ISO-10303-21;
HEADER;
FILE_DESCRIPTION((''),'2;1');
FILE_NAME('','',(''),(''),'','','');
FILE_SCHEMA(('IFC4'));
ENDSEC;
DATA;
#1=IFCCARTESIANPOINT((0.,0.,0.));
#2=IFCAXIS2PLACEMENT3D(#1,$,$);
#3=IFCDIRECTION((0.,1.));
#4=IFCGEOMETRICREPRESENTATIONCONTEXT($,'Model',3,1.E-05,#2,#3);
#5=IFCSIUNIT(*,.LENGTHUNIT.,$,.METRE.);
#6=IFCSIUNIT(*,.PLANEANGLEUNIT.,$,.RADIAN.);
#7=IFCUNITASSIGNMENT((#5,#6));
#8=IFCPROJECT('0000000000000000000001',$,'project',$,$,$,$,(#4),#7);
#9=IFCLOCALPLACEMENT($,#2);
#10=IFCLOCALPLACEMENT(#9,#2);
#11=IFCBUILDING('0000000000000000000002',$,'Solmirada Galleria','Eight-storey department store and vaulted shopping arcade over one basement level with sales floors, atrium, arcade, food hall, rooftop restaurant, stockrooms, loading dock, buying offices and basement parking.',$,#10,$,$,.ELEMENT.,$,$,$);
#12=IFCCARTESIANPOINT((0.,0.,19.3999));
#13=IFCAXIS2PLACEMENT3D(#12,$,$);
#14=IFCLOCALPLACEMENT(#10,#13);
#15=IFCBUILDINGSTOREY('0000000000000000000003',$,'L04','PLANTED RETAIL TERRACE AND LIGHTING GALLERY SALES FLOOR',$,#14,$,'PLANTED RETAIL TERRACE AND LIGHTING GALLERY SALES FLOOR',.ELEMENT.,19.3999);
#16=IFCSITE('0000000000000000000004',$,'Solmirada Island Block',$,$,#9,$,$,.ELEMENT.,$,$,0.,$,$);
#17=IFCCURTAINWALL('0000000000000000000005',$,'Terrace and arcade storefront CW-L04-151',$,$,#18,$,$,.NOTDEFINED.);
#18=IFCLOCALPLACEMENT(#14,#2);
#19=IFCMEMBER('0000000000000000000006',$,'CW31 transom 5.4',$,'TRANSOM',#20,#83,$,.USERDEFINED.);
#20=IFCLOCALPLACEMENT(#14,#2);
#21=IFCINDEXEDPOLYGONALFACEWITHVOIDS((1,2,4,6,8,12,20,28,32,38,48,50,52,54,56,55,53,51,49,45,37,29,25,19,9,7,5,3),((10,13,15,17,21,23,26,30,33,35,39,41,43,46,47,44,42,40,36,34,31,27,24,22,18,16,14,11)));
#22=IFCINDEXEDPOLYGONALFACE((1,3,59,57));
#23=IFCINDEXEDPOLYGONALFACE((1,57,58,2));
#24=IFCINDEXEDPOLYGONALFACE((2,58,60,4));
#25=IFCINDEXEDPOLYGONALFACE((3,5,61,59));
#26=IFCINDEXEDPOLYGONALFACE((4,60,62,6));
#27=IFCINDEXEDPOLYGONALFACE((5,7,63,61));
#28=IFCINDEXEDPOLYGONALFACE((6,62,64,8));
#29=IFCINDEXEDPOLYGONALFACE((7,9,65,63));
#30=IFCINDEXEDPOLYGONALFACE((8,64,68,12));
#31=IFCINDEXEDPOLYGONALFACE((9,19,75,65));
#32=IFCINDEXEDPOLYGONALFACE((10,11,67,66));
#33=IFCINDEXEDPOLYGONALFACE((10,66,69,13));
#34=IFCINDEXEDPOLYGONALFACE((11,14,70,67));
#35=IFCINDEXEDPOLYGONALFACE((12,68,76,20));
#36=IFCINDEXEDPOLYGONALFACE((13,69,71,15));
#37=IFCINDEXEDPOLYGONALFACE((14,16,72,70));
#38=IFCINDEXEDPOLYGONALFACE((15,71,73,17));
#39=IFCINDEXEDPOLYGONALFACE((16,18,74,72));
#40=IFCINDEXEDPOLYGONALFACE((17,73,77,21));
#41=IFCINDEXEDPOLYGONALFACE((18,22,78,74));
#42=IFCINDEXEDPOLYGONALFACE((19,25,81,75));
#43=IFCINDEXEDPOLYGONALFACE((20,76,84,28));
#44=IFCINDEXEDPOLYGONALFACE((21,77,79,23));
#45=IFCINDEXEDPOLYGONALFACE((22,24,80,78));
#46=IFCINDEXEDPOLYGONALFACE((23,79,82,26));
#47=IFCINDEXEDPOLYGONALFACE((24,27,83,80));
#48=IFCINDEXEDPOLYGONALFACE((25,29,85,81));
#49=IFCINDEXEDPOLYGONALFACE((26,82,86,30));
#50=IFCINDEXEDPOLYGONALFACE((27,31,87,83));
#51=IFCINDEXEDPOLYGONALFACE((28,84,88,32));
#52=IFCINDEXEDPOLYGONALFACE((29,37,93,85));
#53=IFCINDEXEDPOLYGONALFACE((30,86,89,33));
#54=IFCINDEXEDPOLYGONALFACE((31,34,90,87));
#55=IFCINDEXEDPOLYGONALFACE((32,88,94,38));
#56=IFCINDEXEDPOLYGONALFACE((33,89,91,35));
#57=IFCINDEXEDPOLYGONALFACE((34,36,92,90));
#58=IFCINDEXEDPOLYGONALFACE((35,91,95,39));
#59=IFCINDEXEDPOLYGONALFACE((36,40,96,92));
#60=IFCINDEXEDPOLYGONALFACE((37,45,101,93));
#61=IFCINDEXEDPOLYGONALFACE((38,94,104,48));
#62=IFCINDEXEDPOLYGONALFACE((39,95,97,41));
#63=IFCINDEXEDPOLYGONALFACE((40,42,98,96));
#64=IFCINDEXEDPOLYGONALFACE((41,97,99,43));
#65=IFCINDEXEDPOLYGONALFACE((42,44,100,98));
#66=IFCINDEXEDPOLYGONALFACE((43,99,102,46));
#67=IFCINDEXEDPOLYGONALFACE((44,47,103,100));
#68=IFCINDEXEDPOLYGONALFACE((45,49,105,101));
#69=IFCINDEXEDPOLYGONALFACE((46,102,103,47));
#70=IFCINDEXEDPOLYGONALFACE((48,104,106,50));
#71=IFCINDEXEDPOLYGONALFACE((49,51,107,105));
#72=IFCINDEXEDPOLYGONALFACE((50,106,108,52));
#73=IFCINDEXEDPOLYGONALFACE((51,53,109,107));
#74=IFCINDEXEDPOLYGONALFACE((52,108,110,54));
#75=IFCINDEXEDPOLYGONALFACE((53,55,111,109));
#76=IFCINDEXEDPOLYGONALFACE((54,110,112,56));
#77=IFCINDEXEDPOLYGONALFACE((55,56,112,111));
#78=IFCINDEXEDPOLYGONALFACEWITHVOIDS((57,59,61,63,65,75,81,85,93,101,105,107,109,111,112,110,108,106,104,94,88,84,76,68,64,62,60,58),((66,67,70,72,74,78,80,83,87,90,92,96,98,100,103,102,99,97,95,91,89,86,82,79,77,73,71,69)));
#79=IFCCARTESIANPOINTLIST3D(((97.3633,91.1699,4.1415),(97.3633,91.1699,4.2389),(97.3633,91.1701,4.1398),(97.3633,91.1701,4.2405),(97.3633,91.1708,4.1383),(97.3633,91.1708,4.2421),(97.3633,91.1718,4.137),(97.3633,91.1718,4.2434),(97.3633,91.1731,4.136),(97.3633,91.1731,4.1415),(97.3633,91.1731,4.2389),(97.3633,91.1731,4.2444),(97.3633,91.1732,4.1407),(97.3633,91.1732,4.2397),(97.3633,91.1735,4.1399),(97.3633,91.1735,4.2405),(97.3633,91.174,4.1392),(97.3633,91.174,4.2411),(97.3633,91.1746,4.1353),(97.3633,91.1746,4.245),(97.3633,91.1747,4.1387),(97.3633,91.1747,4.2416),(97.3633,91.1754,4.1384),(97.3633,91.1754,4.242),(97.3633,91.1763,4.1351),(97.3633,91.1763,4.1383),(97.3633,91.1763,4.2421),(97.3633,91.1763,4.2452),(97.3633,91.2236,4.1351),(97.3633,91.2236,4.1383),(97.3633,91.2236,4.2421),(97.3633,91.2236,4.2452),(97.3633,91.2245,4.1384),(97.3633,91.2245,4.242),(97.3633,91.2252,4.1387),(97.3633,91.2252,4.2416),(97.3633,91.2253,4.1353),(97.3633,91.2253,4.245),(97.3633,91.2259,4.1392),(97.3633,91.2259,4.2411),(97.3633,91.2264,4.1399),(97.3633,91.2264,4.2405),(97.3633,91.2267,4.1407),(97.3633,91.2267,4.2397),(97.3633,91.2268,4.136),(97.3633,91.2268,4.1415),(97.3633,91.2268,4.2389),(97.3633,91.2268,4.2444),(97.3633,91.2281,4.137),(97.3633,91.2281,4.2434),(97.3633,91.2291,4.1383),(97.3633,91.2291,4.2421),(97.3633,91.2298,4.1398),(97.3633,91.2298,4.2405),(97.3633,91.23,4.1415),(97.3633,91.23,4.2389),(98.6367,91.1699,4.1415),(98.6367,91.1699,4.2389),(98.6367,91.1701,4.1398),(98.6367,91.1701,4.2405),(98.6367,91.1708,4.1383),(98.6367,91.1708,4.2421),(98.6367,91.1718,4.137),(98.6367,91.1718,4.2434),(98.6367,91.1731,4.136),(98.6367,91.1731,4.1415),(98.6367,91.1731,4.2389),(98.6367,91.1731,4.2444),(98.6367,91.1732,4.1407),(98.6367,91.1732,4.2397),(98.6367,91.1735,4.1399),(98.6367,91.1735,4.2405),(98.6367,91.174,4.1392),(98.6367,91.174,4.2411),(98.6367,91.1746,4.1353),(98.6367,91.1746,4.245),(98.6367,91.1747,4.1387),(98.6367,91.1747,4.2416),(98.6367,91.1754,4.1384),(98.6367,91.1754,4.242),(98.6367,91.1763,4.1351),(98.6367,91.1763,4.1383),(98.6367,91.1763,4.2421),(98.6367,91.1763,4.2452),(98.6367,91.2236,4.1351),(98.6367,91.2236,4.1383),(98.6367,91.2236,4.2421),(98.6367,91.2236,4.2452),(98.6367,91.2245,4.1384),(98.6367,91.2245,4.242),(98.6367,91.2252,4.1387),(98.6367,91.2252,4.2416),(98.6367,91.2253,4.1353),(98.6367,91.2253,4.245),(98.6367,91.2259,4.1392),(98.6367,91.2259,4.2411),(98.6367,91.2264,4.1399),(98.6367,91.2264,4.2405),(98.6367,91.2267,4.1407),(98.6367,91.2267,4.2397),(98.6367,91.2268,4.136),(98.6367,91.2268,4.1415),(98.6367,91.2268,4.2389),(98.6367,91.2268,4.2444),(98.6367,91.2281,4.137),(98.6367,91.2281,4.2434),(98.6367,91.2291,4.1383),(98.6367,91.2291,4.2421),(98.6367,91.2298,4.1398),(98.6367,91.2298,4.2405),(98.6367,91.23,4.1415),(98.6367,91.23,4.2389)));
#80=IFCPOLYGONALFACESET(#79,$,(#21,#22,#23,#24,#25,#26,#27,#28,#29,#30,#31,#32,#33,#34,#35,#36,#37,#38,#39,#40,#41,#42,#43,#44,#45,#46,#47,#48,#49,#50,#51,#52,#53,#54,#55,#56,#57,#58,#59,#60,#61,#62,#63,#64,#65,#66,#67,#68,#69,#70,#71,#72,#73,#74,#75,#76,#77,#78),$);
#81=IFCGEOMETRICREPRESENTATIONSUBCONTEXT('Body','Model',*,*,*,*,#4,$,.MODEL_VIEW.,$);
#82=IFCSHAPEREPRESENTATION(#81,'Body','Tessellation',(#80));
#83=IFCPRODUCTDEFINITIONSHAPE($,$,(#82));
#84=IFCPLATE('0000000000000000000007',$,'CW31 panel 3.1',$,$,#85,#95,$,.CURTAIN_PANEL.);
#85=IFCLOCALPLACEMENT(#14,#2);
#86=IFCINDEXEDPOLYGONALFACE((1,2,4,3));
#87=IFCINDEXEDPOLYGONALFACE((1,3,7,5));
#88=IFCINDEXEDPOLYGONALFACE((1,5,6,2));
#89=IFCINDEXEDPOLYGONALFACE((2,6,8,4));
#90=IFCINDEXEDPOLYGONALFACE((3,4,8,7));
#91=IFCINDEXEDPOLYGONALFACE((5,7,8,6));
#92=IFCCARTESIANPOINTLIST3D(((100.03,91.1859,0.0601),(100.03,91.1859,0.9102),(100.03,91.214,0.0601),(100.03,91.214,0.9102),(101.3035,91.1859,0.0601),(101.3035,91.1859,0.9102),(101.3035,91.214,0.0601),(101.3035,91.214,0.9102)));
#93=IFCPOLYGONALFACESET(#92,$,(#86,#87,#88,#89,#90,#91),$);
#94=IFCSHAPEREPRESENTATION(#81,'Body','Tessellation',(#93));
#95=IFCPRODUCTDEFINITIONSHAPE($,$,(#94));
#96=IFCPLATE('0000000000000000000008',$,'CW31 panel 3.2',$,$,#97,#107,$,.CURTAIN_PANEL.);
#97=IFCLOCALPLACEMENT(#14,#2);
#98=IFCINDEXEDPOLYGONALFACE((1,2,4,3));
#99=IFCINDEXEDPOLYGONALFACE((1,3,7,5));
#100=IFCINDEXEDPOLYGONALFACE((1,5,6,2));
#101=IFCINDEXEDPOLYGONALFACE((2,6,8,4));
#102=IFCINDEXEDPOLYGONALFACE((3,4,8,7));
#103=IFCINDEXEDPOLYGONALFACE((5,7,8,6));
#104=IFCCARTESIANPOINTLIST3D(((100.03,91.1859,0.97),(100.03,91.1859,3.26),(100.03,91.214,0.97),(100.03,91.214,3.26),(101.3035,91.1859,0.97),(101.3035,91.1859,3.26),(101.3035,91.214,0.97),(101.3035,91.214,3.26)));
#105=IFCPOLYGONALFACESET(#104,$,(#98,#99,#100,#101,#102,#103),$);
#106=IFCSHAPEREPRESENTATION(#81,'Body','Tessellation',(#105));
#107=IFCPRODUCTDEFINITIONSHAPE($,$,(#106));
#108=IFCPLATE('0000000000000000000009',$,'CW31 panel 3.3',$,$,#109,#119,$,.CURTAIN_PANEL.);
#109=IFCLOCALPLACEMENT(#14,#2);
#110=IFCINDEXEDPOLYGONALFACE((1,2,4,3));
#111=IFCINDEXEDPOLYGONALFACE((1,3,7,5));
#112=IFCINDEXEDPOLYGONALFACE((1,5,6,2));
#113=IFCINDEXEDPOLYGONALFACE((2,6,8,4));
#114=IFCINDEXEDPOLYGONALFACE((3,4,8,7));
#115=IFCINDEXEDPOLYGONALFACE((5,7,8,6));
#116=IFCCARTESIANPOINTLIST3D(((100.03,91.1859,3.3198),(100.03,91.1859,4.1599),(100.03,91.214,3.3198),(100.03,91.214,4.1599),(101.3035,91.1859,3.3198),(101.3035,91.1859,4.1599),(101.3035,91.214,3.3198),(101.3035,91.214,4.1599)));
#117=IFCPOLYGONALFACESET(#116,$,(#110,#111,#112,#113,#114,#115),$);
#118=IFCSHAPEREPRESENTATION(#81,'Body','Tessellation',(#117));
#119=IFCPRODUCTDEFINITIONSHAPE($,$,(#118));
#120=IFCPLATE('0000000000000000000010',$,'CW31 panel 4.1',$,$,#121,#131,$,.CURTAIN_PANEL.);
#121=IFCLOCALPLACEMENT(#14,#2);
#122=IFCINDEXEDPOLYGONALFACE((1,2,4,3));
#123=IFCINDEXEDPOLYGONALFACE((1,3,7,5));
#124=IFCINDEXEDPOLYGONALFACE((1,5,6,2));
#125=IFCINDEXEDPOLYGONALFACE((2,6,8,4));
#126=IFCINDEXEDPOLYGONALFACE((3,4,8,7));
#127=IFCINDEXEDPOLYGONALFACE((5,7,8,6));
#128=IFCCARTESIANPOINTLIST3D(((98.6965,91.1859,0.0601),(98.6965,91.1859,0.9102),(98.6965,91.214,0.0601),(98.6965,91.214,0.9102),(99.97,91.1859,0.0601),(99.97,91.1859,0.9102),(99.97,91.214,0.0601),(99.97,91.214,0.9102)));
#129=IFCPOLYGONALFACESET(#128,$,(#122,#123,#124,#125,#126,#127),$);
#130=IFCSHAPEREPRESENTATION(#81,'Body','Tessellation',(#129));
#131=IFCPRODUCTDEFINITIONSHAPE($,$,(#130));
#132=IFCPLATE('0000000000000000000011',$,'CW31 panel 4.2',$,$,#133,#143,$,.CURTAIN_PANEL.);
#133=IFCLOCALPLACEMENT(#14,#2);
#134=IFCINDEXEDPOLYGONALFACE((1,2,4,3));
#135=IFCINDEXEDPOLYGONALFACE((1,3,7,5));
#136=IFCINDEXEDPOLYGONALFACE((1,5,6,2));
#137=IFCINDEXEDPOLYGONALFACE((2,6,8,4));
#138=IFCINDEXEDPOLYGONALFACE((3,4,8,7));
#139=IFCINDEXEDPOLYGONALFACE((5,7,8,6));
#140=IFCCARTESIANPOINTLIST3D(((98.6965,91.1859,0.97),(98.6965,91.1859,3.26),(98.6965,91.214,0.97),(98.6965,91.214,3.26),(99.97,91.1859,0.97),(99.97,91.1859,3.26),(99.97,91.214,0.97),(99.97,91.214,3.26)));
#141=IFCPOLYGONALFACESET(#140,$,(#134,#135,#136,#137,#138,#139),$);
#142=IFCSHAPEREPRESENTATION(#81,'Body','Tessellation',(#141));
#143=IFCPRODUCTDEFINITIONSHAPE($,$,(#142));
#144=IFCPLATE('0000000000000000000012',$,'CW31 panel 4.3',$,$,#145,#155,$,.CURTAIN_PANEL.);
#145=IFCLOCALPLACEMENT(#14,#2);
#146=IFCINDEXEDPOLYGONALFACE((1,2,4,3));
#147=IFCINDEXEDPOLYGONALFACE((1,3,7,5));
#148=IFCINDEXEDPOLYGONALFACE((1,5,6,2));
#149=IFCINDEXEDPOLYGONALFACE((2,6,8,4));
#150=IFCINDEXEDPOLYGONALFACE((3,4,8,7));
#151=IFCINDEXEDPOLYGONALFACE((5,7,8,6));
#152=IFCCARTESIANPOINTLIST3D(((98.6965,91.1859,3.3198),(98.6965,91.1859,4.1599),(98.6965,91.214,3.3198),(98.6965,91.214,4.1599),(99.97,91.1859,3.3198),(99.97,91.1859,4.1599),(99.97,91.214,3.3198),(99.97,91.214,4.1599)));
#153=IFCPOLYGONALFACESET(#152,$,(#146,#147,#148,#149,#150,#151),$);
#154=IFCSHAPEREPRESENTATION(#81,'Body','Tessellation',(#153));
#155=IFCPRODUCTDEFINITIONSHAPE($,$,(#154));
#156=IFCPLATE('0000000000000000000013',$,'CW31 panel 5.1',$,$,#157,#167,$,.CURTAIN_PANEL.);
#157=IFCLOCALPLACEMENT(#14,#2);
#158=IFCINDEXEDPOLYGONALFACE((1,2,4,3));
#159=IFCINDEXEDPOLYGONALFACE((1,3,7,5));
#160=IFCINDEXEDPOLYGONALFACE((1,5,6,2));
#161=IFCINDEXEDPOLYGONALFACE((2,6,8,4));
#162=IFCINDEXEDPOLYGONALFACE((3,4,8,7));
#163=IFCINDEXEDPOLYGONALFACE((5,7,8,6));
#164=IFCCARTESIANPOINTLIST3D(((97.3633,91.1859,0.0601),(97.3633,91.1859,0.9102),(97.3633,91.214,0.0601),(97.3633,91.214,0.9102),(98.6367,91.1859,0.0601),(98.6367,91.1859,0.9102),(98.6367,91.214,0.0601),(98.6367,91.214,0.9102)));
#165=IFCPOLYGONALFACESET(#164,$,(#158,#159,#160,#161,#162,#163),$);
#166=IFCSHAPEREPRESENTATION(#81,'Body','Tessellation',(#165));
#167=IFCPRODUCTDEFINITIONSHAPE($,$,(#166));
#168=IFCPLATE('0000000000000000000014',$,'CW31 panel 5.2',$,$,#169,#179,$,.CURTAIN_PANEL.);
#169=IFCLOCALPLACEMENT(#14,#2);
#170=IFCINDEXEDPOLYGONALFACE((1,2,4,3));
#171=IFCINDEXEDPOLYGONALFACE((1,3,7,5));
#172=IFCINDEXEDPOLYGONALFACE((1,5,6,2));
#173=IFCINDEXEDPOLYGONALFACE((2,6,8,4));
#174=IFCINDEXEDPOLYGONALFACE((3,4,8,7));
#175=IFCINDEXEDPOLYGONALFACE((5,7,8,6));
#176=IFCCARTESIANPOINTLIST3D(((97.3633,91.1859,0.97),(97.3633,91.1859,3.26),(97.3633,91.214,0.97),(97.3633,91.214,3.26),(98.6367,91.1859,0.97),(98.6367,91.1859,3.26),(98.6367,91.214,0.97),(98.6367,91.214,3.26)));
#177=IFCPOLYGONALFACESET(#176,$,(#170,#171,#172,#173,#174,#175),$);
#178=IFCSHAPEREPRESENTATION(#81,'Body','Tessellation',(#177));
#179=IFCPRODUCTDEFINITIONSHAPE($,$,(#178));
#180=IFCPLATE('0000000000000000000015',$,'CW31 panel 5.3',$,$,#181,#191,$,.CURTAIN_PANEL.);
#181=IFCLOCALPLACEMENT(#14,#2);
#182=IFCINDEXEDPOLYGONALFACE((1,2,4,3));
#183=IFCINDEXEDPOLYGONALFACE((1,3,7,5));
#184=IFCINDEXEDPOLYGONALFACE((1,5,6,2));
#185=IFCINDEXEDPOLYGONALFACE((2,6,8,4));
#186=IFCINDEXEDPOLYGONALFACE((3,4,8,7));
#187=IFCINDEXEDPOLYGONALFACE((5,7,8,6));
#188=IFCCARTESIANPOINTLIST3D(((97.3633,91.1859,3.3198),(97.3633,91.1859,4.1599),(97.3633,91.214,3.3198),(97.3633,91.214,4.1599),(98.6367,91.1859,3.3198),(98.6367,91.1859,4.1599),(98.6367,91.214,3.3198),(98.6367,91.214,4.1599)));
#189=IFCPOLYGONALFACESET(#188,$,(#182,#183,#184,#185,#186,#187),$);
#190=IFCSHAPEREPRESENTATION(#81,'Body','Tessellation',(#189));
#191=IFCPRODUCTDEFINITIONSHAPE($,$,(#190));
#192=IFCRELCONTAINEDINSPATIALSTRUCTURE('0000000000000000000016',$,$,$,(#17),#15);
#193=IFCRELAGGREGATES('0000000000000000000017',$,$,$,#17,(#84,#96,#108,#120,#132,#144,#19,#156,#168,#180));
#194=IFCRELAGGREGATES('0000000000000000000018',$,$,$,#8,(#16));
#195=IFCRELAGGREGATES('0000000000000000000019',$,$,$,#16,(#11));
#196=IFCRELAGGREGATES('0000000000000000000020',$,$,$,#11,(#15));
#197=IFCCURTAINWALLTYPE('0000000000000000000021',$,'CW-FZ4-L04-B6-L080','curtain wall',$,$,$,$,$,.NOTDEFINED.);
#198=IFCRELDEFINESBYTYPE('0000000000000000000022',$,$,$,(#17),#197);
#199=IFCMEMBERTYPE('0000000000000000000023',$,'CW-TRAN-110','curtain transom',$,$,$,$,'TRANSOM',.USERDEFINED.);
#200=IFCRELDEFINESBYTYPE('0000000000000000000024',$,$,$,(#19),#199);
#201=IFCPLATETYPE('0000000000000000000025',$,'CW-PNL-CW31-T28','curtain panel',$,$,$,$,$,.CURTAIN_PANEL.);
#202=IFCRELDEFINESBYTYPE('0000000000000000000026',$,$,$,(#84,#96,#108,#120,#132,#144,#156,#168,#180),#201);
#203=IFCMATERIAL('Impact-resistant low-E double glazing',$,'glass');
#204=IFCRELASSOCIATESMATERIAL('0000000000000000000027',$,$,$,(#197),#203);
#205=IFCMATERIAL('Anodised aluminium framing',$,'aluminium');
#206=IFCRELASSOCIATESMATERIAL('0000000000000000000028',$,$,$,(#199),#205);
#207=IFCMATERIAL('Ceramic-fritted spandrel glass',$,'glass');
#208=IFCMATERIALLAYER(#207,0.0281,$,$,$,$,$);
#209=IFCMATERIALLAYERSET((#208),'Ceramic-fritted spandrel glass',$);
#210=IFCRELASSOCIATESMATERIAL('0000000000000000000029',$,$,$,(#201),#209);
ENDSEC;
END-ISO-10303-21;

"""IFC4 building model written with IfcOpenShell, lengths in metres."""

from ifc_helpers import new_model, si_unit, direction, frame, origin, origin_2d, place, context, subcontext, project, spatial, rectangle, hollow_rectangle, extrude, material, layer, layer_set, material_profile, profile_set, type_object, element, aggregate, save


model = new_model("IFC4")

# Units and contexts
model_context = context("Model", 3, precision=1e-05, world=origin(), true_north=direction((0.0, 1.0)))
body_context = subcontext(model_context, "Body", "Model", "MODEL_VIEW")
ifc_project = project(units=[si_unit("LENGTHUNIT", "METRE"), si_unit("PLANEANGLEUNIT", "RADIAN")], contexts=[model_context])

# Site, building, storey
site_placement = place(None, origin())
site = spatial("IfcSite", under=ifc_project, at=site_placement, Name="Solmirada Island Block", CompositionType="ELEMENT", RefElevation=0.0)
building_placement = place(site_placement, origin())
building = spatial("IfcBuilding", under=site, at=building_placement, Name="Solmirada Galleria", Description="Eight-storey department store and vaulted shopping arcade over one basement level with sales floors, atrium, arcade, food hall, rooftop restaurant, stockrooms, loading dock, buying offices and basement parking.", CompositionType="ELEMENT")
storey_placement = place(building_placement, frame((0.0, 0.0, 19.3999)))
storey = spatial("IfcBuildingStorey", under=building, at=storey_placement, Name="L04", Description="PLANTED RETAIL TERRACE AND LIGHTING GALLERY SALES FLOOR", LongName="PLANTED RETAIL TERRACE AND LIGHTING GALLERY SALES FLOOR", CompositionType="ELEMENT", Elevation=19.3999)

# Curtain wall, member, plates
ifc_material_1 = material(Name="Impact-resistant low-E double glazing", Category="glass")
curtain_wall_type = type_object("IfcCurtainWallType", Name="CW-FZ4-L04-B6-L080", Description="curtain wall", PredefinedType="NOTDEFINED", material=ifc_material_1)
curtain_wall_placement = place(storey_placement, origin())
curtain_wall = element("IfcCurtainWall", 1, at=curtain_wall_placement, inside=storey, type_object=curtain_wall_type, Name="Terrace and arcade storefront CW-L04-151", PredefinedType="NOTDEFINED")
ifc_material_2 = material(Name="Anodised aluminium framing", Category="aluminium")
ifc_material_profile_1 = material_profile(ifc_material_2, hollow_rectangle(XDim=0.0601, YDim=0.1101, WallThickness=0.0032, InnerFilletRadius=0.0032, OuterFilletRadius=0.0063, at=origin_2d()), Name="ALU-TRAN-110X60")
ifc_profile_set_1 = profile_set([ifc_material_profile_1], Name="Anodised aluminium framing")
member_type_1 = type_object("IfcMemberType", Name="CW-TRAN-110", Description="curtain transom", ElementType="TRANSOM", PredefinedType="USERDEFINED", material=ifc_profile_set_1)
member_1_placement = place(storey_placement, frame((98.6367, 91.2, 4.1902), z_axis=(-1.0, 0.0, 0.0), x_axis=(0.0, -1.0, 0.0)))
member_1 = element("IfcMember", 2, at=member_1_placement, type_object=member_type_1, Name="CW31 transom 5.4", ObjectType="TRANSOM", PredefinedType="USERDEFINED", context=body_context, shape_type="SweptSolid", body=[
    extrude(hollow_rectangle(XDim=0.0601, YDim=0.1101, WallThickness=0.0032, InnerFilletRadius=0.0032, OuterFilletRadius=0.0063, at=origin_2d()), origin(), (0.0, 0.0, 1.0), 1.2734),
])
ifc_material_3 = material(Name="Ceramic-fritted spandrel glass", Category="glass")
ifc_layer_1 = layer(ifc_material_3, 0.0281)
ifc_layer_set_1 = layer_set([ifc_layer_1], Name="Ceramic-fritted spandrel glass")
plate_type = type_object("IfcPlateType", Name="CW-PNL-CW31-T28", Description="curtain panel", PredefinedType="CURTAIN_PANEL", material=ifc_layer_set_1)
plate_1_placement = place(storey_placement, frame((100.6667, 91.2, 0.0601), z_axis=(0.0, 0.0, 1.0), x_axis=(-1.0, 0.0, 0.0)))
plate_1 = element("IfcPlate", 3, at=plate_1_placement, type_object=plate_type, Name="CW31 panel 3.1", PredefinedType="CURTAIN_PANEL", context=body_context, shape_type="SweptSolid", body=[
    extrude(rectangle(XDim=1.2734, YDim=0.0281, at=origin_2d()), origin(), (0.0, 0.0, 1.0), 0.8501),
])
plate_2_placement = place(storey_placement, frame((100.6667, 91.2, 0.97), z_axis=(0.0, 0.0, 1.0), x_axis=(-1.0, 0.0, 0.0)))
plate_2 = element("IfcPlate", 4, at=plate_2_placement, type_object=plate_type, Name="CW31 panel 3.2", PredefinedType="CURTAIN_PANEL", context=body_context, shape_type="SweptSolid", body=[
    extrude(rectangle(XDim=1.2734, YDim=0.0281, at=origin_2d()), origin(), (0.0, 0.0, 1.0), 2.29),
])
plate_3_placement = place(storey_placement, frame((100.6667, 91.2, 3.3198), z_axis=(0.0, 0.0, 1.0), x_axis=(-1.0, 0.0, 0.0)))
plate_3 = element("IfcPlate", 5, at=plate_3_placement, type_object=plate_type, Name="CW31 panel 3.3", PredefinedType="CURTAIN_PANEL", context=body_context, shape_type="SweptSolid", body=[
    extrude(rectangle(XDim=1.2734, YDim=0.0281, at=origin_2d()), origin(), (0.0, 0.0, 1.0), 0.8401),
])
plate_4_placement = place(storey_placement, frame((99.3333, 91.2, 0.0601), z_axis=(0.0, 0.0, 1.0), x_axis=(-1.0, 0.0, 0.0)))
plate_4 = element("IfcPlate", 6, at=plate_4_placement, type_object=plate_type, Name="CW31 panel 4.1", PredefinedType="CURTAIN_PANEL", context=body_context, shape_type="SweptSolid", body=[
    extrude(rectangle(XDim=1.2734, YDim=0.0281, at=origin_2d()), origin(), (0.0, 0.0, 1.0), 0.8501),
])
plate_5_placement = place(storey_placement, frame((99.3333, 91.2, 0.97), z_axis=(0.0, 0.0, 1.0), x_axis=(-1.0, 0.0, 0.0)))
plate_5 = element("IfcPlate", 7, at=plate_5_placement, type_object=plate_type, Name="CW31 panel 4.2", PredefinedType="CURTAIN_PANEL", context=body_context, shape_type="SweptSolid", body=[
    extrude(rectangle(XDim=1.2734, YDim=0.0281, at=origin_2d()), origin(), (0.0, 0.0, 1.0), 2.29),
])
plate_6_placement = place(storey_placement, frame((99.3333, 91.2, 3.3198), z_axis=(0.0, 0.0, 1.0), x_axis=(-1.0, 0.0, 0.0)))
plate_6 = element("IfcPlate", 8, at=plate_6_placement, type_object=plate_type, Name="CW31 panel 4.3", PredefinedType="CURTAIN_PANEL", context=body_context, shape_type="SweptSolid", body=[
    extrude(rectangle(XDim=1.2734, YDim=0.0281, at=origin_2d()), origin(), (0.0, 0.0, 1.0), 0.8401),
])
plate_7_placement = place(storey_placement, frame((98.0, 91.2, 0.0601), z_axis=(0.0, 0.0, 1.0), x_axis=(-1.0, 0.0, 0.0)))
plate_7 = element("IfcPlate", 9, at=plate_7_placement, type_object=plate_type, Name="CW31 panel 5.1", PredefinedType="CURTAIN_PANEL", context=body_context, shape_type="SweptSolid", body=[
    extrude(rectangle(XDim=1.2734, YDim=0.0281, at=origin_2d()), origin(), (0.0, 0.0, 1.0), 0.8501),
])
plate_8_placement = place(storey_placement, frame((98.0, 91.2, 0.97), z_axis=(0.0, 0.0, 1.0), x_axis=(-1.0, 0.0, 0.0)))
plate_8 = element("IfcPlate", 10, at=plate_8_placement, type_object=plate_type, Name="CW31 panel 5.2", PredefinedType="CURTAIN_PANEL", context=body_context, shape_type="SweptSolid", body=[
    extrude(rectangle(XDim=1.2734, YDim=0.0281, at=origin_2d()), origin(), (0.0, 0.0, 1.0), 2.29),
])
plate_9_placement = place(storey_placement, frame((98.0, 91.2, 3.3198), z_axis=(0.0, 0.0, 1.0), x_axis=(-1.0, 0.0, 0.0)))
plate_9 = element("IfcPlate", 11, at=plate_9_placement, type_object=plate_type, Name="CW31 panel 5.3", PredefinedType="CURTAIN_PANEL", context=body_context, shape_type="SweptSolid", body=[
    extrude(rectangle(XDim=1.2734, YDim=0.0281, at=origin_2d()), origin(), (0.0, 0.0, 1.0), 0.8401),
])
aggregate(curtain_wall, [plate_1, plate_2, plate_3, plate_4, plate_5, plate_6, member_1, plate_7, plate_8, plate_9])

save(model, "model.ifc")
